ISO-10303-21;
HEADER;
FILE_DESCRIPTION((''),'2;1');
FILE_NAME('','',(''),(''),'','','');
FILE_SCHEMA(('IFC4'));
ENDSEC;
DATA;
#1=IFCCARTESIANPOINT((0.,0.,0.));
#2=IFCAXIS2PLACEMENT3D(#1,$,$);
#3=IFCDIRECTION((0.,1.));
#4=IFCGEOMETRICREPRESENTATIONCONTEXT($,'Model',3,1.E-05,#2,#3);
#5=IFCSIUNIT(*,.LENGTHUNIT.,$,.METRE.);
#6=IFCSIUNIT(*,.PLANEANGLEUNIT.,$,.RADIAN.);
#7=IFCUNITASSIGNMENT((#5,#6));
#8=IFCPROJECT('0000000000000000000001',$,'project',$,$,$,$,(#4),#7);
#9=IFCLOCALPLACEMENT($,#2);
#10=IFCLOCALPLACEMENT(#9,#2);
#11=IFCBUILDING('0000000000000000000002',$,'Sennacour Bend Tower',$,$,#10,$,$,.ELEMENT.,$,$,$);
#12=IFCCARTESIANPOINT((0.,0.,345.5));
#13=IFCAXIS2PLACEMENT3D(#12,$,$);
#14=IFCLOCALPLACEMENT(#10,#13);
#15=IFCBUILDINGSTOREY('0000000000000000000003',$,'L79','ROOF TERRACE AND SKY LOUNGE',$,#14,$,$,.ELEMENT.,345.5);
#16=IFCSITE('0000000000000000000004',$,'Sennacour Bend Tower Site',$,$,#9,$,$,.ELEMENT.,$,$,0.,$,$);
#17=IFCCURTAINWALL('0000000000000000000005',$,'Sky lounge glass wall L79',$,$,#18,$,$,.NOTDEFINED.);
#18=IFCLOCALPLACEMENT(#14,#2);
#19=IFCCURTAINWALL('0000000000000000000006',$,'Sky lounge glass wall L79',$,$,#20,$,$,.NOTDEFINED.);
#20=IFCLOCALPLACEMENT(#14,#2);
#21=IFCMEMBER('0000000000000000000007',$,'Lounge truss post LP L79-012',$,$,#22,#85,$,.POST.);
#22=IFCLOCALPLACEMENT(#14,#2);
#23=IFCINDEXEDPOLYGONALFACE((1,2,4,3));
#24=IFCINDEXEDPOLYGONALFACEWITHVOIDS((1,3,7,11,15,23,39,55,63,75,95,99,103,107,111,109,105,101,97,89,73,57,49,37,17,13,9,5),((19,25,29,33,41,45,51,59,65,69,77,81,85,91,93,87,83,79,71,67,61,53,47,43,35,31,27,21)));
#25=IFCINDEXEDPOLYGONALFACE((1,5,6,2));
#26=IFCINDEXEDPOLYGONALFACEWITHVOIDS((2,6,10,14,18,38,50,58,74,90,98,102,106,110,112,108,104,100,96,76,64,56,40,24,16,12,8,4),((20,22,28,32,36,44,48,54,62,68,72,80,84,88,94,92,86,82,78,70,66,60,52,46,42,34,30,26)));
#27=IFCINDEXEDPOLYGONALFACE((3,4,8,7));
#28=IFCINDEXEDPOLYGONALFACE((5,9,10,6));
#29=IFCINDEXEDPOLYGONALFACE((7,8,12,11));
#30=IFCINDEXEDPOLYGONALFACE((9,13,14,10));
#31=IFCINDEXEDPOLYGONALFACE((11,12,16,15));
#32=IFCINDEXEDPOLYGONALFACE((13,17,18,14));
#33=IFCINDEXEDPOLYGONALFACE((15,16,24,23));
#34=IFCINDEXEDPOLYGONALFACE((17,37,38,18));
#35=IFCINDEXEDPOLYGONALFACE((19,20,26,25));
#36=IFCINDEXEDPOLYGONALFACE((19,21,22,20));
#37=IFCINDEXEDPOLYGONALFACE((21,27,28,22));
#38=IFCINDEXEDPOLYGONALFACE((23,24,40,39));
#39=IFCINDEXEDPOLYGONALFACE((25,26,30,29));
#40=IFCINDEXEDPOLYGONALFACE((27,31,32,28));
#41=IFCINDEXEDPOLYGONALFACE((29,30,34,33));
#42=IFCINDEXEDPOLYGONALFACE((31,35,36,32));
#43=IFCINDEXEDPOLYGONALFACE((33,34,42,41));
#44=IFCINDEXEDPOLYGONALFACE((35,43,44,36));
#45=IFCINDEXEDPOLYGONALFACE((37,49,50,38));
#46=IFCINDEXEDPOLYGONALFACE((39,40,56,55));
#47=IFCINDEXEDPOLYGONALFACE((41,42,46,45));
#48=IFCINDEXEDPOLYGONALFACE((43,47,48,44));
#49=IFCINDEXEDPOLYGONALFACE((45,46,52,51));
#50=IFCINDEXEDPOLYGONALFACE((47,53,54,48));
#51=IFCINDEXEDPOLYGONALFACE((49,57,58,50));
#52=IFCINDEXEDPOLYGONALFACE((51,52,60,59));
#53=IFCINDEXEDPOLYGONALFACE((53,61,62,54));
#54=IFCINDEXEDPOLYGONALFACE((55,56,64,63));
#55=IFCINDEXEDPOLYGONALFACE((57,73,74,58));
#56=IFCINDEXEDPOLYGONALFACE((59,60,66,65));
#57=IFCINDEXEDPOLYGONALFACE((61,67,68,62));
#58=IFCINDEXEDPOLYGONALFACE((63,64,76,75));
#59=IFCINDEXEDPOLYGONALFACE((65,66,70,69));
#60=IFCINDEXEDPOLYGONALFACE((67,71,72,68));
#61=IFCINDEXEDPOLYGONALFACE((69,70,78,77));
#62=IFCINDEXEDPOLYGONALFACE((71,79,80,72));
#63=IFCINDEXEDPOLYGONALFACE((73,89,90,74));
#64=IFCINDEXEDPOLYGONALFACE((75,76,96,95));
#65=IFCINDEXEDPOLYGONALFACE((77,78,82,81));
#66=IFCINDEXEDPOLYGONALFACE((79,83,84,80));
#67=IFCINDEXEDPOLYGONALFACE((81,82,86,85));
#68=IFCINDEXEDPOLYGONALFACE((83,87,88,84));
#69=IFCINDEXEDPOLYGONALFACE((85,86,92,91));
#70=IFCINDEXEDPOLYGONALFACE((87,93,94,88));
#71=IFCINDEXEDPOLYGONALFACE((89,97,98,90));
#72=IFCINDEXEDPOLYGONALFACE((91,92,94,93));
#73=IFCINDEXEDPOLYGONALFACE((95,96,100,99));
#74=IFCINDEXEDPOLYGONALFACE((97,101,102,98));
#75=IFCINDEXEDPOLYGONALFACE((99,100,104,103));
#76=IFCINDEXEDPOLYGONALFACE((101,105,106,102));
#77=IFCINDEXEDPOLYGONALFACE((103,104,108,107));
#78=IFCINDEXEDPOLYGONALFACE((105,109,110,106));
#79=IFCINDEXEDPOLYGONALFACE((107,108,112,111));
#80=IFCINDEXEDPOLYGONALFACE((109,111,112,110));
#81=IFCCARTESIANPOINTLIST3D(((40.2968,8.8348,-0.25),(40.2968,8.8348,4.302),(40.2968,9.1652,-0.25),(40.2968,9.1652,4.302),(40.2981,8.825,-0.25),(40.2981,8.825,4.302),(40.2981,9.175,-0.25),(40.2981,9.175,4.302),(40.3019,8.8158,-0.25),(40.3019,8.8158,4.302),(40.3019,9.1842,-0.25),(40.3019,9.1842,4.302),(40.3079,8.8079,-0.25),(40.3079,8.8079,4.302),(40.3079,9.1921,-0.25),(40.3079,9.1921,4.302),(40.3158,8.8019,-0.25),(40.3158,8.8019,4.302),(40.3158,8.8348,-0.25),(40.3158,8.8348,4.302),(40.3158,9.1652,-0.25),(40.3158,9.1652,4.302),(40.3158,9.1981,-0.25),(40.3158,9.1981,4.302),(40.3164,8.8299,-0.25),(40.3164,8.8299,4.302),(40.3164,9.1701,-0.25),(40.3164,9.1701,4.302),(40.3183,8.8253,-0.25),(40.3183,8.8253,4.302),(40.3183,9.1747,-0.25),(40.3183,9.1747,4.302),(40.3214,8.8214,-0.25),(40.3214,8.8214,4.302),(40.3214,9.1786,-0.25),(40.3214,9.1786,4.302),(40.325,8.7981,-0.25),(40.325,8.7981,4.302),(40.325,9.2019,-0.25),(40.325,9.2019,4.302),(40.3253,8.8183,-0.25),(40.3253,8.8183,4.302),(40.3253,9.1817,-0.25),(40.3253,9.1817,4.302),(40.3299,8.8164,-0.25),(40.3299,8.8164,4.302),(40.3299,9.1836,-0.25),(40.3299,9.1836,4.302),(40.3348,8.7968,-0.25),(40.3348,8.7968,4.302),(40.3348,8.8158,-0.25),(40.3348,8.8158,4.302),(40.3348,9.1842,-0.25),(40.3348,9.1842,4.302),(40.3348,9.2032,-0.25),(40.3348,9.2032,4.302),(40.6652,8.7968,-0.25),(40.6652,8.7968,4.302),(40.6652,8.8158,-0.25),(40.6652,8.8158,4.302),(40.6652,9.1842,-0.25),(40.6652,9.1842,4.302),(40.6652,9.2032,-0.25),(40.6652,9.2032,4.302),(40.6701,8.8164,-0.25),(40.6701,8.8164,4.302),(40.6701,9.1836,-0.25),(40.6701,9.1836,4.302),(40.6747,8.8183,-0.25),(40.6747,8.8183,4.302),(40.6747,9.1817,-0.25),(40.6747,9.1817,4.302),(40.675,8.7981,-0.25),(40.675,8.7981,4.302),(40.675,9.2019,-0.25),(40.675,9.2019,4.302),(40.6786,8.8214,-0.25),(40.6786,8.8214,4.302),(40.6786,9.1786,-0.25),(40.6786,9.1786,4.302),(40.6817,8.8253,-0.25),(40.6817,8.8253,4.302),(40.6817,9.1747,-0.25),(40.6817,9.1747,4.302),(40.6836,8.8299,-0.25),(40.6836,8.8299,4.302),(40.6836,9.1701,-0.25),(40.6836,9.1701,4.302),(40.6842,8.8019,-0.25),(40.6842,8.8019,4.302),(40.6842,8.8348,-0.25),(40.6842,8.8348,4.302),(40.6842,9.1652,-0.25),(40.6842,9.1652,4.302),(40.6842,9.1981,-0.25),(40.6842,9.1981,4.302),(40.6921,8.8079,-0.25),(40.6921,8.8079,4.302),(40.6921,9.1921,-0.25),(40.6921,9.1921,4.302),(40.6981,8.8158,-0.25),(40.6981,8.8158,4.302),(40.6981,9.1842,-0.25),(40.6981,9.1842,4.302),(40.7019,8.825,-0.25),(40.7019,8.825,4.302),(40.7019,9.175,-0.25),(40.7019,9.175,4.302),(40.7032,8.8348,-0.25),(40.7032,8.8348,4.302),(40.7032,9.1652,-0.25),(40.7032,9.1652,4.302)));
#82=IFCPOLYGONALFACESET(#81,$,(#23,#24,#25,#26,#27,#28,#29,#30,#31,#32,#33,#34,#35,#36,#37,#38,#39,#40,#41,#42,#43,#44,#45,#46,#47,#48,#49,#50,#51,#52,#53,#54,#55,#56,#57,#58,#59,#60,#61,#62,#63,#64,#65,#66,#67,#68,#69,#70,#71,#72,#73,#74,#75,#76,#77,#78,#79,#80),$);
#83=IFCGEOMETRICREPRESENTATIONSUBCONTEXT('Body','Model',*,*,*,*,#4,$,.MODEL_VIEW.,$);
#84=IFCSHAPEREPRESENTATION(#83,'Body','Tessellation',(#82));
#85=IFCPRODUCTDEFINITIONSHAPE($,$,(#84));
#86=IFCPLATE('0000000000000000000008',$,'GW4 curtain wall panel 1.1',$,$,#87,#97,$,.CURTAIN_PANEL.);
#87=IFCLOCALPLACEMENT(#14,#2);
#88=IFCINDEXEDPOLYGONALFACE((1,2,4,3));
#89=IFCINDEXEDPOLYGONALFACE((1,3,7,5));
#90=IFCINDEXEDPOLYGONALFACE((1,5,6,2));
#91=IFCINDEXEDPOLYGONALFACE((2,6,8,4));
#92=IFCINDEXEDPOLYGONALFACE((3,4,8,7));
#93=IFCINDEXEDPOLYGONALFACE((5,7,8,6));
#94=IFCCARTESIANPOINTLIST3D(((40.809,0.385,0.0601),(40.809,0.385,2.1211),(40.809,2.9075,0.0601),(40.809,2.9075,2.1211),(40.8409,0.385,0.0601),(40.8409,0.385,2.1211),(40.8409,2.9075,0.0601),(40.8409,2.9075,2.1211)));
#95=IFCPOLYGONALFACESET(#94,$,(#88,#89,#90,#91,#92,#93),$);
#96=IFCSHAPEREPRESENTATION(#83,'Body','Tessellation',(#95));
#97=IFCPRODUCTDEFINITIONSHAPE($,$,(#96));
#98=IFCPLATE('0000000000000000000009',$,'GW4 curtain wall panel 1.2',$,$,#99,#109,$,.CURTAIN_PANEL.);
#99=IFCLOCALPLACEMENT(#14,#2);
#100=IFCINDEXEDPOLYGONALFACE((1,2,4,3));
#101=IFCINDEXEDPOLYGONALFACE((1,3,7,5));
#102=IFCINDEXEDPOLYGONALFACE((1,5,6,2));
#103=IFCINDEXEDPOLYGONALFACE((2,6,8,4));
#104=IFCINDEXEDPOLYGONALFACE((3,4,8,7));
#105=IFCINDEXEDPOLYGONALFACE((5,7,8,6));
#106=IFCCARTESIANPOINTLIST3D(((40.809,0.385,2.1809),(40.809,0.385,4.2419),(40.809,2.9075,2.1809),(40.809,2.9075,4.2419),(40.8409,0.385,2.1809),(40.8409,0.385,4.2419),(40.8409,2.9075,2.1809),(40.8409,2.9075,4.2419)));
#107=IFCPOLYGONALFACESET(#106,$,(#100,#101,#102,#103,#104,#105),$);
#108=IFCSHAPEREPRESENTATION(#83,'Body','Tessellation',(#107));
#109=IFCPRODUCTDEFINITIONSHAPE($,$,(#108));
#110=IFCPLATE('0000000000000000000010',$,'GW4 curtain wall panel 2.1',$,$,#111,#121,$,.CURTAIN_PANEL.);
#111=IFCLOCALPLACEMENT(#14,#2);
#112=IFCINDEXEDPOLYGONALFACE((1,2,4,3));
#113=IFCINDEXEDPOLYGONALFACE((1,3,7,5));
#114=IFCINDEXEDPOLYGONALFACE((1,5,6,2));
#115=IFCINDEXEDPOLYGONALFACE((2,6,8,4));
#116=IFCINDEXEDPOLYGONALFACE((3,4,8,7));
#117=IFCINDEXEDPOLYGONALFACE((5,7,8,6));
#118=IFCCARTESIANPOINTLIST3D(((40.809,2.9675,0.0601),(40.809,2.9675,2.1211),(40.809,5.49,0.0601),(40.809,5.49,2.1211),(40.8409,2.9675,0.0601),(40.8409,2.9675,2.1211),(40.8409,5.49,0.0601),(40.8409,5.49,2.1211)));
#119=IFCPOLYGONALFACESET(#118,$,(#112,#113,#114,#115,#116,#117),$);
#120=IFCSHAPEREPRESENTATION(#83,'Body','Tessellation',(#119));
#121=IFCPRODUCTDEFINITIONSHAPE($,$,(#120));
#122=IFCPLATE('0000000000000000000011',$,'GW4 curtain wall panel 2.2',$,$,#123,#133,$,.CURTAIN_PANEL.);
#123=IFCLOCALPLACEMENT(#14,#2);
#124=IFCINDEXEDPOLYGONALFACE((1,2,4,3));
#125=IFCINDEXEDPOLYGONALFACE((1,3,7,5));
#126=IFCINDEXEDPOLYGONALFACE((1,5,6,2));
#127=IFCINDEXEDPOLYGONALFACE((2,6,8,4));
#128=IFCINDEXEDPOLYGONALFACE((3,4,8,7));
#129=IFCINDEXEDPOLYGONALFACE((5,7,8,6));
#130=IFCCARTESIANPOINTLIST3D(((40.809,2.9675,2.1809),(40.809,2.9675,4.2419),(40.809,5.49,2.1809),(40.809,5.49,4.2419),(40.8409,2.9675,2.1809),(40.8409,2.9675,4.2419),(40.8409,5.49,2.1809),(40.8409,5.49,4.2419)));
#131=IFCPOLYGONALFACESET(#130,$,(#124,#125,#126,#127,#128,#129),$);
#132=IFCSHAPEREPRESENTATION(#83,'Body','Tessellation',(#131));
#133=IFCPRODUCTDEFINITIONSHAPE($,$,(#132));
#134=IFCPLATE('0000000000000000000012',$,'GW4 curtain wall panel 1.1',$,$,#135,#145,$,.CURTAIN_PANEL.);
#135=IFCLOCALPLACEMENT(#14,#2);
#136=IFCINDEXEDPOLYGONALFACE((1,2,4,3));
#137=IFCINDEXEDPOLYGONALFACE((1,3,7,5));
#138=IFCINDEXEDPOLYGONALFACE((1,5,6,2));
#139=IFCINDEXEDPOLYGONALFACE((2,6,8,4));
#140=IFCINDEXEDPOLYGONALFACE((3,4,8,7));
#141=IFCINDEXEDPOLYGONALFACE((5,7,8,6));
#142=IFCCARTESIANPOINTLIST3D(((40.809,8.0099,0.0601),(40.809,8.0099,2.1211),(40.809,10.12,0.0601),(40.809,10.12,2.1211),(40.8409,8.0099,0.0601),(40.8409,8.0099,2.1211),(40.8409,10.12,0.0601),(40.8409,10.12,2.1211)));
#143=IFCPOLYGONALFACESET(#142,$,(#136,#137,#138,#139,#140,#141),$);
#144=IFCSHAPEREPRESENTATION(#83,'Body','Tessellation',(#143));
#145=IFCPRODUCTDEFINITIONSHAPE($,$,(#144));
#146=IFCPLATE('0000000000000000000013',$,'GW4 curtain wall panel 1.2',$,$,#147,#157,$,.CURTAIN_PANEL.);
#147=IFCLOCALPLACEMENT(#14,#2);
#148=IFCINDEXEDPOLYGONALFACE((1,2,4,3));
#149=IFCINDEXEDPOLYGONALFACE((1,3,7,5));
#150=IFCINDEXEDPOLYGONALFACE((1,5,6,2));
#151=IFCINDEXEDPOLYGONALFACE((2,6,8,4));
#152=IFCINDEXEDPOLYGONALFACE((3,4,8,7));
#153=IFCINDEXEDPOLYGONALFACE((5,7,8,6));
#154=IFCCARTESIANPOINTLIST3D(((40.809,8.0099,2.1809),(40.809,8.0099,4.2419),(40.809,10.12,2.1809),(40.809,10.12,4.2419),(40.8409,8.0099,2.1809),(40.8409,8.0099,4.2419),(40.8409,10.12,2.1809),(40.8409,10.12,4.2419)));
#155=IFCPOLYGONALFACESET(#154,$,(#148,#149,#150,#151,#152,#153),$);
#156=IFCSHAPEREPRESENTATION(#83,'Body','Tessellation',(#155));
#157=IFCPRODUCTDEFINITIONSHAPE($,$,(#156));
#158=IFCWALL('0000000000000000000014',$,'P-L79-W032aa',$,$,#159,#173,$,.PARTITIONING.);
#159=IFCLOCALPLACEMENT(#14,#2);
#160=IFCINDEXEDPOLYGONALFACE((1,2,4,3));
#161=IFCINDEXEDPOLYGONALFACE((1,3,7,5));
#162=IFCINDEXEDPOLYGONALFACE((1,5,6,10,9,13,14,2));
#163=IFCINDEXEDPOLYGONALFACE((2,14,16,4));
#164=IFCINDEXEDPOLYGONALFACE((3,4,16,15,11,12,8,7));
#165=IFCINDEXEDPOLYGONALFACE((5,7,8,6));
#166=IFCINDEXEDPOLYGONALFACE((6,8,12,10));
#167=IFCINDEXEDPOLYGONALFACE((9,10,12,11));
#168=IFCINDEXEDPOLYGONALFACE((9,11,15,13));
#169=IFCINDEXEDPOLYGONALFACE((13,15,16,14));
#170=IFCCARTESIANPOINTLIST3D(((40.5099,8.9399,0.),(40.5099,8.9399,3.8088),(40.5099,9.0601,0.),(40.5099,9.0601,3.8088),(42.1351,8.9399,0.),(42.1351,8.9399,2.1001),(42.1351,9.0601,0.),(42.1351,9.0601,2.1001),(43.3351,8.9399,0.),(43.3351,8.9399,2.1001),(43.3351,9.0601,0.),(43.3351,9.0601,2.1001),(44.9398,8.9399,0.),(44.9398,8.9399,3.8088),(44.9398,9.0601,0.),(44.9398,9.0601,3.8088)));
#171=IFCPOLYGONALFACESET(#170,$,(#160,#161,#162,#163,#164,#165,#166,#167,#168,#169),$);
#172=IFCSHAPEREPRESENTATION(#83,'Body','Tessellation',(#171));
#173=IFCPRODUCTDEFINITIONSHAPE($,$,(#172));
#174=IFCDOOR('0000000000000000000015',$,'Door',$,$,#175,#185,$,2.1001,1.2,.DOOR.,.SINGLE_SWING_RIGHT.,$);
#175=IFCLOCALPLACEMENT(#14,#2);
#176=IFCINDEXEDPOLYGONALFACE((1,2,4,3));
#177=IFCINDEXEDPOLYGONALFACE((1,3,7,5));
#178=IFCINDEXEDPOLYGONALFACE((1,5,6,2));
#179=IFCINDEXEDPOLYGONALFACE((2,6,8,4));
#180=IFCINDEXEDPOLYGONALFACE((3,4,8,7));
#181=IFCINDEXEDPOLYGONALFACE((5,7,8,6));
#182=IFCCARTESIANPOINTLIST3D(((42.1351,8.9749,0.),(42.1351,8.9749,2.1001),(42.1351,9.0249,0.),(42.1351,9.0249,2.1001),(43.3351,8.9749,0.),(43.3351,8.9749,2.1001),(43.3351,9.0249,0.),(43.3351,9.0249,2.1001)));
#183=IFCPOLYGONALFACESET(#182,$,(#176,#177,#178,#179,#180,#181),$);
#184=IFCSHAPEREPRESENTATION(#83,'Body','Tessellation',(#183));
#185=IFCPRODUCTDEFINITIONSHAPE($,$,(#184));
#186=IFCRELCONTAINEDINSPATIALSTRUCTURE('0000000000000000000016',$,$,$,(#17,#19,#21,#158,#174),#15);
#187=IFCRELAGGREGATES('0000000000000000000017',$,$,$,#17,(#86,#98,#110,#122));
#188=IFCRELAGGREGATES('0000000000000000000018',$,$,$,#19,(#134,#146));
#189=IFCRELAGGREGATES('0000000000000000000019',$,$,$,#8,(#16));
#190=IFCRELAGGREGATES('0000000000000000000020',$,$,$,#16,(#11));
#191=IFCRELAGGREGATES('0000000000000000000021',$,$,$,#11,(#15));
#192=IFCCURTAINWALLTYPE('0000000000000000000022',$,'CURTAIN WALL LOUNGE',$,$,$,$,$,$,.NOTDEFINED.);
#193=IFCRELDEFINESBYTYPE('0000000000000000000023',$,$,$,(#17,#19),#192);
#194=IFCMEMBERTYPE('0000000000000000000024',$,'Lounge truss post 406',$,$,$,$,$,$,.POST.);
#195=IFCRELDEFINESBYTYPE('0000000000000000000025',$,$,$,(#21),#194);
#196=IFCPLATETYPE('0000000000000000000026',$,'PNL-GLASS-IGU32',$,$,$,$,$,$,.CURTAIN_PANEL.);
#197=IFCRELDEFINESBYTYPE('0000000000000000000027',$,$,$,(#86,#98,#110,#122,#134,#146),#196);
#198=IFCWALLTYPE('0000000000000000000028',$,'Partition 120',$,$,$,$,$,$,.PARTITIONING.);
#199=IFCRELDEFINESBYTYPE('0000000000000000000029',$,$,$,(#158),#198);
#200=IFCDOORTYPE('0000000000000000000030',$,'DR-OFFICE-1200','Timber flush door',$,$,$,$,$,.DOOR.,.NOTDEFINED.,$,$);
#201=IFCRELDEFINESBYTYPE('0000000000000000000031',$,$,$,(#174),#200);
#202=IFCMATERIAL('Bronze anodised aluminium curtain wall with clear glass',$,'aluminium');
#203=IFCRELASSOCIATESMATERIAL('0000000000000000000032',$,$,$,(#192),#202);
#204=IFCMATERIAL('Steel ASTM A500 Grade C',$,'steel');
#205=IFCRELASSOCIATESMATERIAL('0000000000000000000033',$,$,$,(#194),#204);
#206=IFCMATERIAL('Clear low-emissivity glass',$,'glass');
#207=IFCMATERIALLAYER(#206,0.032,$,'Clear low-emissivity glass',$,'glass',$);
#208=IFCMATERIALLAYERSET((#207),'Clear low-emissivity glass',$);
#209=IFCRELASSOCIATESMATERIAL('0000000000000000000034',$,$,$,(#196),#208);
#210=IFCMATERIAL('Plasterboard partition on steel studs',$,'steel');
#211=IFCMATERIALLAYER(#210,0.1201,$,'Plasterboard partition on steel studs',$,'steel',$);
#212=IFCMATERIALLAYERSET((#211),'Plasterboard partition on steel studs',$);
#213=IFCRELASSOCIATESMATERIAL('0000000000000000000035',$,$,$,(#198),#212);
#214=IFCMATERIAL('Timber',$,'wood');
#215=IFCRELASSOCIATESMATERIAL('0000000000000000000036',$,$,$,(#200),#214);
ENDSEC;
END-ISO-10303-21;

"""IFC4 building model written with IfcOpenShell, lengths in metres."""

from ifc_helpers import new_model, si_unit, direction, frame, frame_2d, origin, origin_2d, place, context, subcontext, project, spatial, rectangle, hollow_rectangle, extrude, material, layer, layer_set, material_profile, profile_set, type_object, element, fill, aggregate, save


model = new_model("IFC4")

# Units and contexts
model_context = context("Model", 3, precision=1e-05, world=origin(), true_north=direction((0.0, 1.0)))
body_context = subcontext(model_context, "Body", "Model", "MODEL_VIEW")
ifc_project = project(units=[si_unit("LENGTHUNIT", "METRE"), si_unit("PLANEANGLEUNIT", "RADIAN")], contexts=[model_context])

# Site, building, storey
site_placement = place(None, origin())
site = spatial("IfcSite", under=ifc_project, at=site_placement, Name="Sennacour Bend Tower Site", CompositionType="ELEMENT", RefElevation=0.0)
building_placement = place(site_placement, origin())
building = spatial("IfcBuilding", under=site, at=building_placement, Name="Sennacour Bend Tower", CompositionType="ELEMENT")
storey_placement = place(building_placement, frame((0.0, 0.0, 345.5)))
storey = spatial("IfcBuildingStorey", under=building, at=storey_placement, Name="L79", Description="ROOF TERRACE AND SKY LOUNGE", CompositionType="ELEMENT", Elevation=345.5)

# Curtain walls
ifc_material_1 = material(Name="Bronze anodised aluminium curtain wall with clear glass", Category="aluminium")
curtain_wall_type = type_object("IfcCurtainWallType", Name="CURTAIN WALL LOUNGE", PredefinedType="NOTDEFINED", material=ifc_material_1)
curtain_wall_1_placement = place(storey_placement, origin())
curtain_wall_1 = element("IfcCurtainWall", 1, at=curtain_wall_1_placement, inside=storey, type_object=curtain_wall_type, Name="Sky lounge glass wall L79", PredefinedType="NOTDEFINED")
curtain_wall_2_placement = place(storey_placement, origin())
curtain_wall_2 = element("IfcCurtainWall", 2, at=curtain_wall_2_placement, inside=storey, type_object=curtain_wall_type, Name="Sky lounge glass wall L79", PredefinedType="NOTDEFINED")

# Member
ifc_material_2 = material(Name="Steel ASTM A500 Grade C", Category="steel")
ifc_material_profile_1 = material_profile(ifc_material_2, hollow_rectangle(XDim=0.4065, YDim=0.4065, WallThickness=0.019, InnerFilletRadius=0.019, OuterFilletRadius=0.0381, at=origin_2d()), Name="Steel ASTM A500 Grade C", Category="steel")
ifc_profile_set_1 = profile_set([ifc_material_profile_1], Name="Steel ASTM A500 Grade C")
member_type_1 = type_object("IfcMemberType", Name="Lounge truss post 406", PredefinedType="POST", material=ifc_profile_set_1)
for number, where, z_axis, x_axis, name in (
    (3, (40.5, 9.0, -0.25), (0.0, 0.0, 1.0), (1.0, 0.0, 0.0), "Lounge truss post LP L79-012"),
):
    element("IfcMember", number, at=place(storey_placement, frame(where, z_axis=z_axis, x_axis=x_axis)), inside=storey, type_object=member_type_1, Name=name, PredefinedType="POST", context=body_context, shape_type="SweptSolid", body=[
        extrude(hollow_rectangle(XDim=0.4065, YDim=0.4065, WallThickness=0.019, InnerFilletRadius=0.019, OuterFilletRadius=0.0381, at=origin_2d()), origin(), (0.0, 0.0, 1.0), 4.552),
    ])

# Plates
ifc_material_3 = material(Name="Clear low-emissivity glass", Category="glass")
ifc_layer_1 = layer(ifc_material_3, 0.032, Name="Clear low-emissivity glass", Category="glass")
ifc_layer_set_1 = layer_set([ifc_layer_1], Name="Clear low-emissivity glass")
plate_type = type_object("IfcPlateType", Name="PNL-GLASS-IGU32", PredefinedType="CURTAIN_PANEL", material=ifc_layer_set_1)
plate_1_placement = place(storey_placement, frame((40.825, 1.6462, 0.0601), z_axis=(0.0, 0.0, 1.0), x_axis=(0.0, 1.0, 0.0)))
plate_1 = element("IfcPlate", 4, at=plate_1_placement, type_object=plate_type, Name="GW4 curtain wall panel 1.1", PredefinedType="CURTAIN_PANEL", context=body_context, shape_type="SweptSolid", body=[
    extrude(rectangle(XDim=2.5225, YDim=0.032, at=origin_2d()), origin(), (0.0, 0.0, 1.0), 2.061),
])
plate_2_placement = place(storey_placement, frame((40.825, 1.6462, 2.1809), z_axis=(0.0, 0.0, 1.0), x_axis=(0.0, 1.0, 0.0)))
plate_2 = element("IfcPlate", 5, at=plate_2_placement, type_object=plate_type, Name="GW4 curtain wall panel 1.2", PredefinedType="CURTAIN_PANEL", context=body_context, shape_type="SweptSolid", body=[
    extrude(rectangle(XDim=2.5225, YDim=0.032, at=origin_2d()), origin(), (0.0, 0.0, 1.0), 2.061),
])
plate_3_placement = place(storey_placement, frame((40.825, 4.2288, 0.0601), z_axis=(0.0, 0.0, 1.0), x_axis=(0.0, 1.0, 0.0)))
plate_3 = element("IfcPlate", 6, at=plate_3_placement, type_object=plate_type, Name="GW4 curtain wall panel 2.1", PredefinedType="CURTAIN_PANEL", context=body_context, shape_type="SweptSolid", body=[
    extrude(rectangle(XDim=2.5225, YDim=0.032, at=origin_2d()), origin(), (0.0, 0.0, 1.0), 2.061),
])
plate_4_placement = place(storey_placement, frame((40.825, 4.2288, 2.1809), z_axis=(0.0, 0.0, 1.0), x_axis=(0.0, 1.0, 0.0)))
plate_4 = element("IfcPlate", 7, at=plate_4_placement, type_object=plate_type, Name="GW4 curtain wall panel 2.2", PredefinedType="CURTAIN_PANEL", context=body_context, shape_type="SweptSolid", body=[
    extrude(rectangle(XDim=2.5225, YDim=0.032, at=origin_2d()), origin(), (0.0, 0.0, 1.0), 2.061),
])
aggregate(curtain_wall_1, [plate_1, plate_2, plate_3, plate_4])
plate_5_placement = place(storey_placement, frame((40.825, 9.0649, 0.0601), z_axis=(0.0, 0.0, 1.0), x_axis=(0.0, 1.0, 0.0)))
plate_5 = element("IfcPlate", 8, at=plate_5_placement, type_object=plate_type, Name="GW4 curtain wall panel 1.1", PredefinedType="CURTAIN_PANEL", context=body_context, shape_type="SweptSolid", body=[
    extrude(rectangle(XDim=2.1101, YDim=0.032, at=origin_2d()), origin(), (0.0, 0.0, 1.0), 2.061),
])
plate_6_placement = place(storey_placement, frame((40.825, 9.0649, 2.1809), z_axis=(0.0, 0.0, 1.0), x_axis=(0.0, 1.0, 0.0)))
plate_6 = element("IfcPlate", 9, at=plate_6_placement, type_object=plate_type, Name="GW4 curtain wall panel 1.2", PredefinedType="CURTAIN_PANEL", context=body_context, shape_type="SweptSolid", body=[
    extrude(rectangle(XDim=2.1101, YDim=0.032, at=origin_2d()), origin(), (0.0, 0.0, 1.0), 2.061),
])
aggregate(curtain_wall_2, [plate_5, plate_6])

# Wall, opening, door
ifc_material_4 = material(Name="Plasterboard partition on steel studs", Category="steel")
ifc_layer_2 = layer(ifc_material_4, 0.1201, Name="Plasterboard partition on steel studs", Category="steel")
ifc_layer_set_2 = layer_set([ifc_layer_2], Name="Plasterboard partition on steel studs")
wall_type_1 = type_object("IfcWallType", Name="Partition 120", PredefinedType="PARTITIONING", material=ifc_layer_set_2)
wall_1_placement = place(storey_placement, frame((40.51, 9.0, 0.0), z_axis=(0.0, 0.0, 1.0), x_axis=(1.0, 0.0, 0.0)))
wall_1 = element("IfcWall", 10, at=wall_1_placement, inside=storey, type_object=wall_type_1, Name="P-L79-W032aa", PredefinedType="PARTITIONING", context=body_context, shape_type="SweptSolid", body=[
    extrude(rectangle(XDim=4.4299, YDim=0.1201, at=frame_2d((2.2148, 0.0))), origin(), (0.0, 0.0, 1.0), 3.8088),
])
opening_1_placement = place(wall_1_placement, frame((1.625, 0.0, 0.0)))
opening_1 = element("IfcOpeningElement", 11, at=opening_1_placement, cuts=wall_1, PredefinedType="OPENING", context=body_context, shape_type="SweptSolid", body=[
    extrude(rectangle(XDim=1.2, YDim=2.1001, at=frame_2d((0.6001, 1.05))), frame((0.0, 0.0701, 0.0), z_axis=(0.0, -1.0, 0.0), x_axis=(1.0, 0.0, 0.0)), (0.0, 0.0, 1.0), 0.1401),
])
ifc_material_5 = material(Name="Timber", Category="wood")
door_type_1 = type_object("IfcDoorType", Name="DR-OFFICE-1200", Description="Timber flush door", OperationType="NOTDEFINED", PredefinedType="DOOR", material=ifc_material_5)
door_1_placement = place(opening_1_placement, origin())
door_1 = element("IfcDoor", 12, at=door_1_placement, inside=storey, type_object=door_type_1, Name="Door", OperationType="SINGLE_SWING_RIGHT", OverallHeight=2.1001, OverallWidth=1.2, PredefinedType="DOOR", context=body_context, shape_type="SweptSolid", body=[
    extrude(rectangle(XDim=1.2, YDim=2.1001, at=frame_2d((0.6001, 1.05))), frame((0.0, 0.0249, 0.0), z_axis=(0.0, -1.0, 0.0), x_axis=(1.0, 0.0, 0.0)), (0.0, 0.0, 1.0), 0.05),
])
fill(opening_1, door_1)

save(model, "model.ifc")
